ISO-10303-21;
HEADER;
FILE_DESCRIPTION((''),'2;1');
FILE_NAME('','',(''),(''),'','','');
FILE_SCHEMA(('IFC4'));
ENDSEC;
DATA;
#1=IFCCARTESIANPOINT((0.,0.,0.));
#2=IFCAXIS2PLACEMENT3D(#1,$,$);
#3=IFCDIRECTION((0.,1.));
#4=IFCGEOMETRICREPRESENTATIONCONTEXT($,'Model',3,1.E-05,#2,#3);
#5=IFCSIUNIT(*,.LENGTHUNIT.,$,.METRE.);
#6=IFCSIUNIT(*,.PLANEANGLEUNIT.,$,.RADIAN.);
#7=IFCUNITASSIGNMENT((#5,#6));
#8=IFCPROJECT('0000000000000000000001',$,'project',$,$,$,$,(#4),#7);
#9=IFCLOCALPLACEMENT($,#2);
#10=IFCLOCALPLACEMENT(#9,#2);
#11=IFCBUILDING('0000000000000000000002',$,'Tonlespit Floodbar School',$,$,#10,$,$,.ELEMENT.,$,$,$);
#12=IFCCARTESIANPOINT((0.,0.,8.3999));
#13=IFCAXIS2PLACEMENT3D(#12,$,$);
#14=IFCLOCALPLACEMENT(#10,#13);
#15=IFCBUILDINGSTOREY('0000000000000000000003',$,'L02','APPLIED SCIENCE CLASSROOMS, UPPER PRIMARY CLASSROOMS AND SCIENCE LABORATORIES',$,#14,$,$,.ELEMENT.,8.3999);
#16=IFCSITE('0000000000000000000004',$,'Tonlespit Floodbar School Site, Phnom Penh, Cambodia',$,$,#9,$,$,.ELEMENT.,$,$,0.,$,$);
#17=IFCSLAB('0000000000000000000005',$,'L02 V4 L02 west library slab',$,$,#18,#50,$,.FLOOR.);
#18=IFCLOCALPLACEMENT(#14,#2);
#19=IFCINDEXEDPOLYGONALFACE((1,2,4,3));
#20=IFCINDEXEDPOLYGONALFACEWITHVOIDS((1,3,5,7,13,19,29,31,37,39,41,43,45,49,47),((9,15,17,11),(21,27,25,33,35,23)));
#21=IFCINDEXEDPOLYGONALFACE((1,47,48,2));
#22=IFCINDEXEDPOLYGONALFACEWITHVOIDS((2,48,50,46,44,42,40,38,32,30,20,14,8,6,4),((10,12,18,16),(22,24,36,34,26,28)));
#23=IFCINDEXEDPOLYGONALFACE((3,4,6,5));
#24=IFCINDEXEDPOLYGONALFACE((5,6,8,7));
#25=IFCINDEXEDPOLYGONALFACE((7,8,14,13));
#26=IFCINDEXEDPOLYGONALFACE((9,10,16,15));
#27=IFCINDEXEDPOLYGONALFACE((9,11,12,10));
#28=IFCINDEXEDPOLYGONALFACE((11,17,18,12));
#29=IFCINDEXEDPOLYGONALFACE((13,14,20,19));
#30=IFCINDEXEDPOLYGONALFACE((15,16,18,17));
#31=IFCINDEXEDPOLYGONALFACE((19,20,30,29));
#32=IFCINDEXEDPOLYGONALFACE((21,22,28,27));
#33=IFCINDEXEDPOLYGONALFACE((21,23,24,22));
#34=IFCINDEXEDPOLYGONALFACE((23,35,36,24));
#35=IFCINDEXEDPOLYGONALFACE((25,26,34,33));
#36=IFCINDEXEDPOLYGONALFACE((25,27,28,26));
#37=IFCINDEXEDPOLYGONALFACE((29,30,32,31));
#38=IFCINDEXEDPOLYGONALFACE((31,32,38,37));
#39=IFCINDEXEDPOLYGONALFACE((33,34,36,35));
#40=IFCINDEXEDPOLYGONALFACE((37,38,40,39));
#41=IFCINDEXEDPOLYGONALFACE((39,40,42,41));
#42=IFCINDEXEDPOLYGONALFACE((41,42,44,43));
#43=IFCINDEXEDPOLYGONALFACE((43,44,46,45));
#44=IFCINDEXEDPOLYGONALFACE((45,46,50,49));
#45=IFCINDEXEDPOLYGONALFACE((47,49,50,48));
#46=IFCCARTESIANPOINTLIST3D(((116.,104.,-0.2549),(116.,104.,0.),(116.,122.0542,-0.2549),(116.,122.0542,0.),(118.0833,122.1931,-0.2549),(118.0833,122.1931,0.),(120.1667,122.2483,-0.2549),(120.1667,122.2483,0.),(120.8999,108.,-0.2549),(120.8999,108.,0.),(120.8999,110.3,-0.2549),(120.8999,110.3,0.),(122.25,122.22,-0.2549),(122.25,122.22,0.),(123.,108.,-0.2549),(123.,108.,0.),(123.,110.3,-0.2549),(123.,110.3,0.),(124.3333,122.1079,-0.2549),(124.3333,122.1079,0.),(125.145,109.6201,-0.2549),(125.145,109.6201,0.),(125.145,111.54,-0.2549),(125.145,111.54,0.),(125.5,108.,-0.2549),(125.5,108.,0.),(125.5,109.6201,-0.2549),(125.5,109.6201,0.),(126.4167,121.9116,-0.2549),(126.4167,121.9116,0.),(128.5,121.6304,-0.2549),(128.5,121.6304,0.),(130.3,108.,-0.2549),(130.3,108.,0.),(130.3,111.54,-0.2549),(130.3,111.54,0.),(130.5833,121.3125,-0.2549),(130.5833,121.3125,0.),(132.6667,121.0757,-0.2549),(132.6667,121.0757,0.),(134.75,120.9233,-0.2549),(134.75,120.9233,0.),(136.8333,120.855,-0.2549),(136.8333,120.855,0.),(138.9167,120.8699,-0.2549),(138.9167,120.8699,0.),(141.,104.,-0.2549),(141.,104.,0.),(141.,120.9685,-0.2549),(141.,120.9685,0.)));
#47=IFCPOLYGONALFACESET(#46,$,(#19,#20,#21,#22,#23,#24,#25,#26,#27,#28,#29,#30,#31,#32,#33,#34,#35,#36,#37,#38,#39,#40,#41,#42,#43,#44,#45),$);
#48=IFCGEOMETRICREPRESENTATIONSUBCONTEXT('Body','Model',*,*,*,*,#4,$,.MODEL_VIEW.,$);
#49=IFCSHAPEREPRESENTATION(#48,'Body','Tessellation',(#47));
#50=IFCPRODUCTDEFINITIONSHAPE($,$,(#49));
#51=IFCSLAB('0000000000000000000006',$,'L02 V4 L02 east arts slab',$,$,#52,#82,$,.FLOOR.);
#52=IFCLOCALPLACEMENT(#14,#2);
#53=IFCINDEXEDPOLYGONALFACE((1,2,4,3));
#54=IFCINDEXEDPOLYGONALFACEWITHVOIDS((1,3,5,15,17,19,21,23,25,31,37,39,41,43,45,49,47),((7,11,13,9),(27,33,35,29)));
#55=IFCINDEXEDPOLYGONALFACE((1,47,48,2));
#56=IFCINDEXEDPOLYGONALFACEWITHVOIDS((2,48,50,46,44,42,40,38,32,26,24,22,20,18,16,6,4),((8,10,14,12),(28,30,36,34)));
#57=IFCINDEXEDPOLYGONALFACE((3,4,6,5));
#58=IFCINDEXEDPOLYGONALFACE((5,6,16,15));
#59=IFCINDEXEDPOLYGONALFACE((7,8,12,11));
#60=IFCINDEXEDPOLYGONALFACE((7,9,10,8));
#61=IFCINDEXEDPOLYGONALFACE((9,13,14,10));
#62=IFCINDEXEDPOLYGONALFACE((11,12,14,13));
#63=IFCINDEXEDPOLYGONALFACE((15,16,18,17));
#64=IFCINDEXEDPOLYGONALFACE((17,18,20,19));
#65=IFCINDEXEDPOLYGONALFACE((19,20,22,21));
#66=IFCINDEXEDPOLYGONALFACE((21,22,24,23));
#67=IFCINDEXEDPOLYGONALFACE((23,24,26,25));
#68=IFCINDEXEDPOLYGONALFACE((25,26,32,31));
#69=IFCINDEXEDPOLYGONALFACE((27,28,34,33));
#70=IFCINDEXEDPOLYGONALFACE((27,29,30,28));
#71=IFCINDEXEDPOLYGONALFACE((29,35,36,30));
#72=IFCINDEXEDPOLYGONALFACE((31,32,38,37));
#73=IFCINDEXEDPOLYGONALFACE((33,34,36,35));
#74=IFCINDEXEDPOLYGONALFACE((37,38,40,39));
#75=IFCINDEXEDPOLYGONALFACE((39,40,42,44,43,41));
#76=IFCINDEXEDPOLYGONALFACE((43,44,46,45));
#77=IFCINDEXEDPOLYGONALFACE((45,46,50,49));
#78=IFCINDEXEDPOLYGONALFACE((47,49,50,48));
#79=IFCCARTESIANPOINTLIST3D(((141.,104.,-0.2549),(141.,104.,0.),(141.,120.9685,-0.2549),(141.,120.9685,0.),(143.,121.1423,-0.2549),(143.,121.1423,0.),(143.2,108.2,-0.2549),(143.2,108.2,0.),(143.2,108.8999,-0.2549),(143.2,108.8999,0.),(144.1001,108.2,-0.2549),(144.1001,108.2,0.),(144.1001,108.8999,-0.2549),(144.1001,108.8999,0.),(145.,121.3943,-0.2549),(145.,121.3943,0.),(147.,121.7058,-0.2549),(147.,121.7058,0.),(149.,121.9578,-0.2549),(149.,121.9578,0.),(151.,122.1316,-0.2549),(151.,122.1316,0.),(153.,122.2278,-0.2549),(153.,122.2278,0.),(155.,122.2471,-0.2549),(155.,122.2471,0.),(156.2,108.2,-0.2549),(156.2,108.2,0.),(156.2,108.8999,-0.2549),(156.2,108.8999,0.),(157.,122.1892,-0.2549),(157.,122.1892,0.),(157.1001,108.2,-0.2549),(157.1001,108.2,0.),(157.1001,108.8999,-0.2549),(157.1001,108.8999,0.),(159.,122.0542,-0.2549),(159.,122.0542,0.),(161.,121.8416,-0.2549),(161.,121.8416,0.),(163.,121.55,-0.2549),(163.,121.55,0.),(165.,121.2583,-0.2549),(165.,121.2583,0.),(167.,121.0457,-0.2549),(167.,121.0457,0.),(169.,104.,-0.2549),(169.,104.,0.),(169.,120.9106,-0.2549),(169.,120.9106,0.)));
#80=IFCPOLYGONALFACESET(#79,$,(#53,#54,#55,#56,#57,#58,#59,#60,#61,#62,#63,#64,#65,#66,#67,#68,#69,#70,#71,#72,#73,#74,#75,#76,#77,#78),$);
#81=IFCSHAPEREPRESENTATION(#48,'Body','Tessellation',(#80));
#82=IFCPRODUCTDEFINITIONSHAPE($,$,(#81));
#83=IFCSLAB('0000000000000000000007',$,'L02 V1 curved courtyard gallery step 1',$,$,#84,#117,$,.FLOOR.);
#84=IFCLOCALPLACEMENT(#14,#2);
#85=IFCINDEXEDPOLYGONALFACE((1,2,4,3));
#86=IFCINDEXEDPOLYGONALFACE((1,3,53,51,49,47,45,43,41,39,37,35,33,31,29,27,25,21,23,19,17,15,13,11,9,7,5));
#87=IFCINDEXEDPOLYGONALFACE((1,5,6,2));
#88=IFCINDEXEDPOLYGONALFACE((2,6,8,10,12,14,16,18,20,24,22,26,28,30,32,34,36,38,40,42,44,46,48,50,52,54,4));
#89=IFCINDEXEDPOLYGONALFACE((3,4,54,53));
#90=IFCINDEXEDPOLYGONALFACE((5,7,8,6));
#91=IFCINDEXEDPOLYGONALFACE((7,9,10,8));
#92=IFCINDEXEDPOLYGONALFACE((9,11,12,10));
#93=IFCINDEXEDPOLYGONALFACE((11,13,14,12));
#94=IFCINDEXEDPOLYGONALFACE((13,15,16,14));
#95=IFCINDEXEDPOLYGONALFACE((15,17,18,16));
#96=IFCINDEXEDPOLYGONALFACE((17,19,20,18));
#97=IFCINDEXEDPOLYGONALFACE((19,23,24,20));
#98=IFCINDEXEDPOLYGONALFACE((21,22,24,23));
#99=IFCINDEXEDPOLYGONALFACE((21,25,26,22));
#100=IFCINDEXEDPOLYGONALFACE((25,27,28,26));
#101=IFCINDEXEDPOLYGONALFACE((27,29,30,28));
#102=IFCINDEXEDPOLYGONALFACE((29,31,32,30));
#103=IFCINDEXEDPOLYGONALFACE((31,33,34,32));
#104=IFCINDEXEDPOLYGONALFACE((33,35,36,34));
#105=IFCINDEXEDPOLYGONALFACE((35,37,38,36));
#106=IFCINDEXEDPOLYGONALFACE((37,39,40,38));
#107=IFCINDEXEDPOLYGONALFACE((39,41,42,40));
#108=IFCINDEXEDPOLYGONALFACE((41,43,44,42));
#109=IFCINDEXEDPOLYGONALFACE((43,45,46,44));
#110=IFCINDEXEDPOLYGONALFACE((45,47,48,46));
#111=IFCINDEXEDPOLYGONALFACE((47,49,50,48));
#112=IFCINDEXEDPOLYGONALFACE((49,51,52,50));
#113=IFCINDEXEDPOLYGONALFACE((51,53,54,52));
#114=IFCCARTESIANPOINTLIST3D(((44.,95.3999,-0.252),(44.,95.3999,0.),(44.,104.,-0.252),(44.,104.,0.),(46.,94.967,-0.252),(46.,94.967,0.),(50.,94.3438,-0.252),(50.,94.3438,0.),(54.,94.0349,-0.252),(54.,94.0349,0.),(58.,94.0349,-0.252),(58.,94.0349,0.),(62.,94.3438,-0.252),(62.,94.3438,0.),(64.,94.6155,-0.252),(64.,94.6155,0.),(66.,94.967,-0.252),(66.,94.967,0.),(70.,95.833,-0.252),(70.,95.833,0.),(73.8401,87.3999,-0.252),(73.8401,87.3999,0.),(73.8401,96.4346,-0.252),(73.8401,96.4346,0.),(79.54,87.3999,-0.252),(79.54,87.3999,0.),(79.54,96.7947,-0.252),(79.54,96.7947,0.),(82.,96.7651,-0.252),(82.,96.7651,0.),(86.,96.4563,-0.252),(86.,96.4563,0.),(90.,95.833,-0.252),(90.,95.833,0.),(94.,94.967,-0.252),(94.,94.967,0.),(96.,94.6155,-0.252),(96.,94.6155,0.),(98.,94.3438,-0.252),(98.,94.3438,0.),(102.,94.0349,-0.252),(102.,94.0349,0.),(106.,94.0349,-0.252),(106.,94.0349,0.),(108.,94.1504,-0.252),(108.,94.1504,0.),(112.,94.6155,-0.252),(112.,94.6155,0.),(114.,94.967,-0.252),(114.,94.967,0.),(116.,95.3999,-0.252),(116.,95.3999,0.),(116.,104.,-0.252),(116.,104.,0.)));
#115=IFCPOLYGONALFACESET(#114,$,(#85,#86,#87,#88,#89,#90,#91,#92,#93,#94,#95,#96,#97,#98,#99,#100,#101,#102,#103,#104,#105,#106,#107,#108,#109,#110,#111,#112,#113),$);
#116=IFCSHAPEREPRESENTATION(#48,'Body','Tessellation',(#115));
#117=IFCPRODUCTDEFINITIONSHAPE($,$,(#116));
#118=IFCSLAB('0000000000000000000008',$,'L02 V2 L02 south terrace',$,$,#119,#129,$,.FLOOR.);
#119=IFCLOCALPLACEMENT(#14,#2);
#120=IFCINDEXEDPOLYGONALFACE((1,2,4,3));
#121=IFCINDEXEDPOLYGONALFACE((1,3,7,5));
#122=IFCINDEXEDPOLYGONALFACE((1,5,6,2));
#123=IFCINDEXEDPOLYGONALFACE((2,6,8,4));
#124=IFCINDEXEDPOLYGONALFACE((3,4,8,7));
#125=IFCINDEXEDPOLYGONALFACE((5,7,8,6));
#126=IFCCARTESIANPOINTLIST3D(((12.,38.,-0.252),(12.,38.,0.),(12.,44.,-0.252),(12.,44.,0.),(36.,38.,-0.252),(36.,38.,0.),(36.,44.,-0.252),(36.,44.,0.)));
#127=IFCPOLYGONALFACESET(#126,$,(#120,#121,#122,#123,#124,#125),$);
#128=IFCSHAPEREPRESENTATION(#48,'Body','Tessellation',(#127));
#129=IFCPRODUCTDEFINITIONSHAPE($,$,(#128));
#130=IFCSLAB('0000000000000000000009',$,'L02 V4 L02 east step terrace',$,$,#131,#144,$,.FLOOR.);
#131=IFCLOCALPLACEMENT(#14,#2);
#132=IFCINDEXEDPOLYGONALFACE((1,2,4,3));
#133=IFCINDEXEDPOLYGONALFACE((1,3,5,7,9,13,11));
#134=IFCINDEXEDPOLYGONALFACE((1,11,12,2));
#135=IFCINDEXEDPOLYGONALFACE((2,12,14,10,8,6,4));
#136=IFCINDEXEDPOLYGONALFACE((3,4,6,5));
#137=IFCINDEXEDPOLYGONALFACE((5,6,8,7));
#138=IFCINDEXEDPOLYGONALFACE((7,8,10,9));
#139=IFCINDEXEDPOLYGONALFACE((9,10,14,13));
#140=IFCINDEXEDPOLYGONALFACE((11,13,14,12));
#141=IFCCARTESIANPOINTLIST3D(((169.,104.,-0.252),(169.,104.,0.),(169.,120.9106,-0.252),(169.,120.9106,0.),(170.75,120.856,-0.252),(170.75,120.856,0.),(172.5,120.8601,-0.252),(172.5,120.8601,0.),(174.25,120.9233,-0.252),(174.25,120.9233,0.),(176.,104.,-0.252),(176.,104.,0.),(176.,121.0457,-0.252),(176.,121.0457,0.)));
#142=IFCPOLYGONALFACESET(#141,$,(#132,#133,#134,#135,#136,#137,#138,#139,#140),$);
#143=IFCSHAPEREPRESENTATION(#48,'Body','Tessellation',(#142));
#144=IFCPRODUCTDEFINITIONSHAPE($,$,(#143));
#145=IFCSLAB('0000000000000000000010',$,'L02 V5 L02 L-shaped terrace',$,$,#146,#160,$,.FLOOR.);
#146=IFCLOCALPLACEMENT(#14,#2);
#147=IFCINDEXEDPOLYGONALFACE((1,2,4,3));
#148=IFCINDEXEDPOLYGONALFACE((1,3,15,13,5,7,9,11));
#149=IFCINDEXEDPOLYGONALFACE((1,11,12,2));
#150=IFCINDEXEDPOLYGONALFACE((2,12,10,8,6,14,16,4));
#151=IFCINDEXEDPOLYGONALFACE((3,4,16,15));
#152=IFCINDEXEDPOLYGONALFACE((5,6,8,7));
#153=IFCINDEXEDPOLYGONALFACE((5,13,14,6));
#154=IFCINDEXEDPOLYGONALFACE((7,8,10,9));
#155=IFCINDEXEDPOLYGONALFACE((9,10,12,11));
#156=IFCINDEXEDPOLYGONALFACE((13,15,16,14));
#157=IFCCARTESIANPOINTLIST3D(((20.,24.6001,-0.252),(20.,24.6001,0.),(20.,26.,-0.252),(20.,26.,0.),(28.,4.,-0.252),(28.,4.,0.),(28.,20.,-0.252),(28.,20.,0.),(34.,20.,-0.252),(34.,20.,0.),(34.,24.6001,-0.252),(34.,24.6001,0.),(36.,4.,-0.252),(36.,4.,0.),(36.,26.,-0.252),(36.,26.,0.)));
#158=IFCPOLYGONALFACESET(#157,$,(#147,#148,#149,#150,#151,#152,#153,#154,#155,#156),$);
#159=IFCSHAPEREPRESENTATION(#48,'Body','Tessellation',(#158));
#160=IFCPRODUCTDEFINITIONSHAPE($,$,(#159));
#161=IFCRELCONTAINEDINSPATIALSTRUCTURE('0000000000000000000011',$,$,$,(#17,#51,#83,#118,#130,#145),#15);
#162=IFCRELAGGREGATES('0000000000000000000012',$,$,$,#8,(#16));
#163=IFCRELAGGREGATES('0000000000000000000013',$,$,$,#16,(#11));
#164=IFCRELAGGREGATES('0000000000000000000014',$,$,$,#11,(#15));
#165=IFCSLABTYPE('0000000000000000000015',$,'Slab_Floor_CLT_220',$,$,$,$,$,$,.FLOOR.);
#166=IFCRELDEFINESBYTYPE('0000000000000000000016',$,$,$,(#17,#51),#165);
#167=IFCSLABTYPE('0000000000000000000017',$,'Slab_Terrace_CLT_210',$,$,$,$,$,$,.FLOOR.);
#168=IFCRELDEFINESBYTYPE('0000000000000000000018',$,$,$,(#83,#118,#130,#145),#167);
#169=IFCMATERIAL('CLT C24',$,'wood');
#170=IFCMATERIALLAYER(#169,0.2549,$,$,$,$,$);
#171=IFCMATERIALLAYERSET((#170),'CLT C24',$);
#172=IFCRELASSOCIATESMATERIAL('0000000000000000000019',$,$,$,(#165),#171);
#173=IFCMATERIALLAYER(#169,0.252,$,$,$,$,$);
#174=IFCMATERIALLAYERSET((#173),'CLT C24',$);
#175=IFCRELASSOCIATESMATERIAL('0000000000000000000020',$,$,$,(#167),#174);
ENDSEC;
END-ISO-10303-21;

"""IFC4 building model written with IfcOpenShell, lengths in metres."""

from ifc_helpers import new_model, si_unit, direction, frame, origin, place, context, subcontext, project, spatial, polyline, outline, extrude, material, layer, layer_set, type_object, element, save


model = new_model("IFC4")

# Units and contexts
model_context = context("Model", 3, precision=1e-05, world=origin(), true_north=direction((0.0, 1.0)))
body_context = subcontext(model_context, "Body", "Model", "MODEL_VIEW")
ifc_project = project(units=[si_unit("LENGTHUNIT", "METRE"), si_unit("PLANEANGLEUNIT", "RADIAN")], contexts=[model_context])

# Site, building, storey
site_placement = place(None, origin())
site = spatial("IfcSite", under=ifc_project, at=site_placement, Name="Tonlespit Floodbar School Site, Phnom Penh, Cambodia", CompositionType="ELEMENT", RefElevation=0.0)
building_placement = place(site_placement, origin())
building = spatial("IfcBuilding", under=site, at=building_placement, Name="Tonlespit Floodbar School", CompositionType="ELEMENT")
storey_placement = place(building_placement, frame((0.0, 0.0, 8.3999)))
storey = spatial("IfcBuildingStorey", under=building, at=storey_placement, Name="L02", Description="APPLIED SCIENCE CLASSROOMS, UPPER PRIMARY CLASSROOMS AND SCIENCE LABORATORIES", CompositionType="ELEMENT", Elevation=8.3999)

# Slabs
ifc_material_1 = material(Name="CLT C24", Category="wood")
ifc_layer_1 = layer(ifc_material_1, 0.2549)
ifc_layer_set_1 = layer_set([ifc_layer_1], Name="CLT C24")
slab_type_1 = type_object("IfcSlabType", Name="Slab_Floor_CLT_220", PredefinedType="FLOOR", material=ifc_layer_set_1)
slab_1_placement = place(storey_placement, frame((0.0, 0.0, -0.2549)))
element("IfcSlab", 1, at=slab_1_placement, inside=storey, type_object=slab_type_1, Name="L02 V4 L02 west library slab", PredefinedType="FLOOR", context=body_context, shape_type="SweptSolid", body=[
    extrude(outline(polyline([(116.0, 104.0), (141.0, 104.0), (141.0, 120.9685), (138.9167, 120.8699), (136.8333, 120.855), (134.75, 120.9233), (132.6667, 121.0757), (130.5833, 121.3125), (128.5, 121.6304), (126.4167, 121.9116), (124.3333, 122.1079), (122.25, 122.22), (120.1667, 122.2483), (118.0833, 122.1931), (116.0, 122.0542), (116.0, 104.0)]), holes=[polyline([(125.5, 108.0), (130.3, 108.0), (130.3, 111.54), (125.145, 111.54), (125.145, 109.6201), (125.5, 109.6201), (125.5, 108.0)]), polyline([(120.8999, 108.0), (123.0, 108.0), (123.0, 110.3), (120.8999, 110.3), (120.8999, 108.0)])]), origin(), (0.0, 0.0, 1.0), 0.2549),
])
slab_2_placement = place(storey_placement, frame((0.0, 0.0, -0.2549)))
element("IfcSlab", 2, at=slab_2_placement, inside=storey, type_object=slab_type_1, Name="L02 V4 L02 east arts slab", PredefinedType="FLOOR", context=body_context, shape_type="SweptSolid", body=[
    extrude(outline(polyline([(141.0, 104.0), (169.0, 104.0), (169.0, 120.9106), (167.0, 121.0457), (165.0, 121.2583), (163.0, 121.55), (161.0, 121.8416), (159.0, 122.0542), (157.0, 122.1892), (155.0, 122.2471), (153.0, 122.2278), (151.0, 122.1316), (149.0, 121.9578), (147.0, 121.7058), (145.0, 121.3943), (143.0, 121.1423), (141.0, 120.9685), (141.0, 104.0)]), holes=[polyline([(143.2, 108.2), (144.1001, 108.2), (144.1001, 108.8999), (143.2, 108.8999), (143.2, 108.2)]), polyline([(156.2, 108.2), (157.1001, 108.2), (157.1001, 108.8999), (156.2, 108.8999), (156.2, 108.2)])]), origin(), (0.0, 0.0, 1.0), 0.2549),
])
ifc_layer_2 = layer(ifc_material_1, 0.252)
ifc_layer_set_2 = layer_set([ifc_layer_2], Name="CLT C24")
slab_type_2 = type_object("IfcSlabType", Name="Slab_Terrace_CLT_210", PredefinedType="FLOOR", material=ifc_layer_set_2)
slab_3_placement = place(storey_placement, frame((0.0, 0.0, -0.252)))
element("IfcSlab", 3, at=slab_3_placement, inside=storey, type_object=slab_type_2, Name="L02 V1 curved courtyard gallery step 1", PredefinedType="FLOOR", context=body_context, shape_type="SweptSolid", body=[
    extrude(outline(polyline([(79.54, 87.3999), (73.8401, 87.3999), (73.8401, 96.4346), (70.0, 95.833), (66.0, 94.967), (64.0, 94.6155), (62.0, 94.3438), (58.0, 94.0349), (54.0, 94.0349), (50.0, 94.3438), (46.0, 94.967), (44.0, 95.3999), (44.0, 104.0), (116.0, 104.0), (116.0, 95.3999), (114.0, 94.967), (112.0, 94.6155), (108.0, 94.1504), (106.0, 94.0349), (102.0, 94.0349), (98.0, 94.3438), (96.0, 94.6155), (94.0, 94.967), (90.0, 95.833), (86.0, 96.4563), (82.0, 96.7651), (79.54, 96.7947), (79.54, 87.3999)])), origin(), (0.0, 0.0, 1.0), 0.252),
])
slab_4_placement = place(storey_placement, frame((0.0, 0.0, -0.252)))
element("IfcSlab", 4, at=slab_4_placement, inside=storey, type_object=slab_type_2, Name="L02 V2 L02 south terrace", PredefinedType="FLOOR", context=body_context, shape_type="SweptSolid", body=[
    extrude(outline(polyline([(12.0, 38.0), (36.0, 38.0), (36.0, 44.0), (12.0, 44.0), (12.0, 38.0)])), origin(), (0.0, 0.0, 1.0), 0.252),
])
slab_5_placement = place(storey_placement, frame((0.0, 0.0, -0.252)))
element("IfcSlab", 5, at=slab_5_placement, inside=storey, type_object=slab_type_2, Name="L02 V4 L02 east step terrace", PredefinedType="FLOOR", context=body_context, shape_type="SweptSolid", body=[
    extrude(outline(polyline([(169.0, 104.0), (176.0, 104.0), (176.0, 121.0457), (174.25, 120.9233), (172.5, 120.8601), (170.75, 120.856), (169.0, 120.9106), (169.0, 104.0)])), origin(), (0.0, 0.0, 1.0), 0.252),
])
slab_6_placement = place(storey_placement, frame((0.0, 0.0, -0.252)))
element("IfcSlab", 6, at=slab_6_placement, inside=storey, type_object=slab_type_2, Name="L02 V5 L02 L-shaped terrace", PredefinedType="FLOOR", context=body_context, shape_type="SweptSolid", body=[
    extrude(outline(polyline([(28.0, 4.0), (36.0, 4.0), (36.0, 26.0), (20.0, 26.0), (20.0, 24.6001), (34.0, 24.6001), (34.0, 20.0), (28.0, 20.0), (28.0, 4.0)])), origin(), (0.0, 0.0, 1.0), 0.252),
])

save(model, "model.ifc")
